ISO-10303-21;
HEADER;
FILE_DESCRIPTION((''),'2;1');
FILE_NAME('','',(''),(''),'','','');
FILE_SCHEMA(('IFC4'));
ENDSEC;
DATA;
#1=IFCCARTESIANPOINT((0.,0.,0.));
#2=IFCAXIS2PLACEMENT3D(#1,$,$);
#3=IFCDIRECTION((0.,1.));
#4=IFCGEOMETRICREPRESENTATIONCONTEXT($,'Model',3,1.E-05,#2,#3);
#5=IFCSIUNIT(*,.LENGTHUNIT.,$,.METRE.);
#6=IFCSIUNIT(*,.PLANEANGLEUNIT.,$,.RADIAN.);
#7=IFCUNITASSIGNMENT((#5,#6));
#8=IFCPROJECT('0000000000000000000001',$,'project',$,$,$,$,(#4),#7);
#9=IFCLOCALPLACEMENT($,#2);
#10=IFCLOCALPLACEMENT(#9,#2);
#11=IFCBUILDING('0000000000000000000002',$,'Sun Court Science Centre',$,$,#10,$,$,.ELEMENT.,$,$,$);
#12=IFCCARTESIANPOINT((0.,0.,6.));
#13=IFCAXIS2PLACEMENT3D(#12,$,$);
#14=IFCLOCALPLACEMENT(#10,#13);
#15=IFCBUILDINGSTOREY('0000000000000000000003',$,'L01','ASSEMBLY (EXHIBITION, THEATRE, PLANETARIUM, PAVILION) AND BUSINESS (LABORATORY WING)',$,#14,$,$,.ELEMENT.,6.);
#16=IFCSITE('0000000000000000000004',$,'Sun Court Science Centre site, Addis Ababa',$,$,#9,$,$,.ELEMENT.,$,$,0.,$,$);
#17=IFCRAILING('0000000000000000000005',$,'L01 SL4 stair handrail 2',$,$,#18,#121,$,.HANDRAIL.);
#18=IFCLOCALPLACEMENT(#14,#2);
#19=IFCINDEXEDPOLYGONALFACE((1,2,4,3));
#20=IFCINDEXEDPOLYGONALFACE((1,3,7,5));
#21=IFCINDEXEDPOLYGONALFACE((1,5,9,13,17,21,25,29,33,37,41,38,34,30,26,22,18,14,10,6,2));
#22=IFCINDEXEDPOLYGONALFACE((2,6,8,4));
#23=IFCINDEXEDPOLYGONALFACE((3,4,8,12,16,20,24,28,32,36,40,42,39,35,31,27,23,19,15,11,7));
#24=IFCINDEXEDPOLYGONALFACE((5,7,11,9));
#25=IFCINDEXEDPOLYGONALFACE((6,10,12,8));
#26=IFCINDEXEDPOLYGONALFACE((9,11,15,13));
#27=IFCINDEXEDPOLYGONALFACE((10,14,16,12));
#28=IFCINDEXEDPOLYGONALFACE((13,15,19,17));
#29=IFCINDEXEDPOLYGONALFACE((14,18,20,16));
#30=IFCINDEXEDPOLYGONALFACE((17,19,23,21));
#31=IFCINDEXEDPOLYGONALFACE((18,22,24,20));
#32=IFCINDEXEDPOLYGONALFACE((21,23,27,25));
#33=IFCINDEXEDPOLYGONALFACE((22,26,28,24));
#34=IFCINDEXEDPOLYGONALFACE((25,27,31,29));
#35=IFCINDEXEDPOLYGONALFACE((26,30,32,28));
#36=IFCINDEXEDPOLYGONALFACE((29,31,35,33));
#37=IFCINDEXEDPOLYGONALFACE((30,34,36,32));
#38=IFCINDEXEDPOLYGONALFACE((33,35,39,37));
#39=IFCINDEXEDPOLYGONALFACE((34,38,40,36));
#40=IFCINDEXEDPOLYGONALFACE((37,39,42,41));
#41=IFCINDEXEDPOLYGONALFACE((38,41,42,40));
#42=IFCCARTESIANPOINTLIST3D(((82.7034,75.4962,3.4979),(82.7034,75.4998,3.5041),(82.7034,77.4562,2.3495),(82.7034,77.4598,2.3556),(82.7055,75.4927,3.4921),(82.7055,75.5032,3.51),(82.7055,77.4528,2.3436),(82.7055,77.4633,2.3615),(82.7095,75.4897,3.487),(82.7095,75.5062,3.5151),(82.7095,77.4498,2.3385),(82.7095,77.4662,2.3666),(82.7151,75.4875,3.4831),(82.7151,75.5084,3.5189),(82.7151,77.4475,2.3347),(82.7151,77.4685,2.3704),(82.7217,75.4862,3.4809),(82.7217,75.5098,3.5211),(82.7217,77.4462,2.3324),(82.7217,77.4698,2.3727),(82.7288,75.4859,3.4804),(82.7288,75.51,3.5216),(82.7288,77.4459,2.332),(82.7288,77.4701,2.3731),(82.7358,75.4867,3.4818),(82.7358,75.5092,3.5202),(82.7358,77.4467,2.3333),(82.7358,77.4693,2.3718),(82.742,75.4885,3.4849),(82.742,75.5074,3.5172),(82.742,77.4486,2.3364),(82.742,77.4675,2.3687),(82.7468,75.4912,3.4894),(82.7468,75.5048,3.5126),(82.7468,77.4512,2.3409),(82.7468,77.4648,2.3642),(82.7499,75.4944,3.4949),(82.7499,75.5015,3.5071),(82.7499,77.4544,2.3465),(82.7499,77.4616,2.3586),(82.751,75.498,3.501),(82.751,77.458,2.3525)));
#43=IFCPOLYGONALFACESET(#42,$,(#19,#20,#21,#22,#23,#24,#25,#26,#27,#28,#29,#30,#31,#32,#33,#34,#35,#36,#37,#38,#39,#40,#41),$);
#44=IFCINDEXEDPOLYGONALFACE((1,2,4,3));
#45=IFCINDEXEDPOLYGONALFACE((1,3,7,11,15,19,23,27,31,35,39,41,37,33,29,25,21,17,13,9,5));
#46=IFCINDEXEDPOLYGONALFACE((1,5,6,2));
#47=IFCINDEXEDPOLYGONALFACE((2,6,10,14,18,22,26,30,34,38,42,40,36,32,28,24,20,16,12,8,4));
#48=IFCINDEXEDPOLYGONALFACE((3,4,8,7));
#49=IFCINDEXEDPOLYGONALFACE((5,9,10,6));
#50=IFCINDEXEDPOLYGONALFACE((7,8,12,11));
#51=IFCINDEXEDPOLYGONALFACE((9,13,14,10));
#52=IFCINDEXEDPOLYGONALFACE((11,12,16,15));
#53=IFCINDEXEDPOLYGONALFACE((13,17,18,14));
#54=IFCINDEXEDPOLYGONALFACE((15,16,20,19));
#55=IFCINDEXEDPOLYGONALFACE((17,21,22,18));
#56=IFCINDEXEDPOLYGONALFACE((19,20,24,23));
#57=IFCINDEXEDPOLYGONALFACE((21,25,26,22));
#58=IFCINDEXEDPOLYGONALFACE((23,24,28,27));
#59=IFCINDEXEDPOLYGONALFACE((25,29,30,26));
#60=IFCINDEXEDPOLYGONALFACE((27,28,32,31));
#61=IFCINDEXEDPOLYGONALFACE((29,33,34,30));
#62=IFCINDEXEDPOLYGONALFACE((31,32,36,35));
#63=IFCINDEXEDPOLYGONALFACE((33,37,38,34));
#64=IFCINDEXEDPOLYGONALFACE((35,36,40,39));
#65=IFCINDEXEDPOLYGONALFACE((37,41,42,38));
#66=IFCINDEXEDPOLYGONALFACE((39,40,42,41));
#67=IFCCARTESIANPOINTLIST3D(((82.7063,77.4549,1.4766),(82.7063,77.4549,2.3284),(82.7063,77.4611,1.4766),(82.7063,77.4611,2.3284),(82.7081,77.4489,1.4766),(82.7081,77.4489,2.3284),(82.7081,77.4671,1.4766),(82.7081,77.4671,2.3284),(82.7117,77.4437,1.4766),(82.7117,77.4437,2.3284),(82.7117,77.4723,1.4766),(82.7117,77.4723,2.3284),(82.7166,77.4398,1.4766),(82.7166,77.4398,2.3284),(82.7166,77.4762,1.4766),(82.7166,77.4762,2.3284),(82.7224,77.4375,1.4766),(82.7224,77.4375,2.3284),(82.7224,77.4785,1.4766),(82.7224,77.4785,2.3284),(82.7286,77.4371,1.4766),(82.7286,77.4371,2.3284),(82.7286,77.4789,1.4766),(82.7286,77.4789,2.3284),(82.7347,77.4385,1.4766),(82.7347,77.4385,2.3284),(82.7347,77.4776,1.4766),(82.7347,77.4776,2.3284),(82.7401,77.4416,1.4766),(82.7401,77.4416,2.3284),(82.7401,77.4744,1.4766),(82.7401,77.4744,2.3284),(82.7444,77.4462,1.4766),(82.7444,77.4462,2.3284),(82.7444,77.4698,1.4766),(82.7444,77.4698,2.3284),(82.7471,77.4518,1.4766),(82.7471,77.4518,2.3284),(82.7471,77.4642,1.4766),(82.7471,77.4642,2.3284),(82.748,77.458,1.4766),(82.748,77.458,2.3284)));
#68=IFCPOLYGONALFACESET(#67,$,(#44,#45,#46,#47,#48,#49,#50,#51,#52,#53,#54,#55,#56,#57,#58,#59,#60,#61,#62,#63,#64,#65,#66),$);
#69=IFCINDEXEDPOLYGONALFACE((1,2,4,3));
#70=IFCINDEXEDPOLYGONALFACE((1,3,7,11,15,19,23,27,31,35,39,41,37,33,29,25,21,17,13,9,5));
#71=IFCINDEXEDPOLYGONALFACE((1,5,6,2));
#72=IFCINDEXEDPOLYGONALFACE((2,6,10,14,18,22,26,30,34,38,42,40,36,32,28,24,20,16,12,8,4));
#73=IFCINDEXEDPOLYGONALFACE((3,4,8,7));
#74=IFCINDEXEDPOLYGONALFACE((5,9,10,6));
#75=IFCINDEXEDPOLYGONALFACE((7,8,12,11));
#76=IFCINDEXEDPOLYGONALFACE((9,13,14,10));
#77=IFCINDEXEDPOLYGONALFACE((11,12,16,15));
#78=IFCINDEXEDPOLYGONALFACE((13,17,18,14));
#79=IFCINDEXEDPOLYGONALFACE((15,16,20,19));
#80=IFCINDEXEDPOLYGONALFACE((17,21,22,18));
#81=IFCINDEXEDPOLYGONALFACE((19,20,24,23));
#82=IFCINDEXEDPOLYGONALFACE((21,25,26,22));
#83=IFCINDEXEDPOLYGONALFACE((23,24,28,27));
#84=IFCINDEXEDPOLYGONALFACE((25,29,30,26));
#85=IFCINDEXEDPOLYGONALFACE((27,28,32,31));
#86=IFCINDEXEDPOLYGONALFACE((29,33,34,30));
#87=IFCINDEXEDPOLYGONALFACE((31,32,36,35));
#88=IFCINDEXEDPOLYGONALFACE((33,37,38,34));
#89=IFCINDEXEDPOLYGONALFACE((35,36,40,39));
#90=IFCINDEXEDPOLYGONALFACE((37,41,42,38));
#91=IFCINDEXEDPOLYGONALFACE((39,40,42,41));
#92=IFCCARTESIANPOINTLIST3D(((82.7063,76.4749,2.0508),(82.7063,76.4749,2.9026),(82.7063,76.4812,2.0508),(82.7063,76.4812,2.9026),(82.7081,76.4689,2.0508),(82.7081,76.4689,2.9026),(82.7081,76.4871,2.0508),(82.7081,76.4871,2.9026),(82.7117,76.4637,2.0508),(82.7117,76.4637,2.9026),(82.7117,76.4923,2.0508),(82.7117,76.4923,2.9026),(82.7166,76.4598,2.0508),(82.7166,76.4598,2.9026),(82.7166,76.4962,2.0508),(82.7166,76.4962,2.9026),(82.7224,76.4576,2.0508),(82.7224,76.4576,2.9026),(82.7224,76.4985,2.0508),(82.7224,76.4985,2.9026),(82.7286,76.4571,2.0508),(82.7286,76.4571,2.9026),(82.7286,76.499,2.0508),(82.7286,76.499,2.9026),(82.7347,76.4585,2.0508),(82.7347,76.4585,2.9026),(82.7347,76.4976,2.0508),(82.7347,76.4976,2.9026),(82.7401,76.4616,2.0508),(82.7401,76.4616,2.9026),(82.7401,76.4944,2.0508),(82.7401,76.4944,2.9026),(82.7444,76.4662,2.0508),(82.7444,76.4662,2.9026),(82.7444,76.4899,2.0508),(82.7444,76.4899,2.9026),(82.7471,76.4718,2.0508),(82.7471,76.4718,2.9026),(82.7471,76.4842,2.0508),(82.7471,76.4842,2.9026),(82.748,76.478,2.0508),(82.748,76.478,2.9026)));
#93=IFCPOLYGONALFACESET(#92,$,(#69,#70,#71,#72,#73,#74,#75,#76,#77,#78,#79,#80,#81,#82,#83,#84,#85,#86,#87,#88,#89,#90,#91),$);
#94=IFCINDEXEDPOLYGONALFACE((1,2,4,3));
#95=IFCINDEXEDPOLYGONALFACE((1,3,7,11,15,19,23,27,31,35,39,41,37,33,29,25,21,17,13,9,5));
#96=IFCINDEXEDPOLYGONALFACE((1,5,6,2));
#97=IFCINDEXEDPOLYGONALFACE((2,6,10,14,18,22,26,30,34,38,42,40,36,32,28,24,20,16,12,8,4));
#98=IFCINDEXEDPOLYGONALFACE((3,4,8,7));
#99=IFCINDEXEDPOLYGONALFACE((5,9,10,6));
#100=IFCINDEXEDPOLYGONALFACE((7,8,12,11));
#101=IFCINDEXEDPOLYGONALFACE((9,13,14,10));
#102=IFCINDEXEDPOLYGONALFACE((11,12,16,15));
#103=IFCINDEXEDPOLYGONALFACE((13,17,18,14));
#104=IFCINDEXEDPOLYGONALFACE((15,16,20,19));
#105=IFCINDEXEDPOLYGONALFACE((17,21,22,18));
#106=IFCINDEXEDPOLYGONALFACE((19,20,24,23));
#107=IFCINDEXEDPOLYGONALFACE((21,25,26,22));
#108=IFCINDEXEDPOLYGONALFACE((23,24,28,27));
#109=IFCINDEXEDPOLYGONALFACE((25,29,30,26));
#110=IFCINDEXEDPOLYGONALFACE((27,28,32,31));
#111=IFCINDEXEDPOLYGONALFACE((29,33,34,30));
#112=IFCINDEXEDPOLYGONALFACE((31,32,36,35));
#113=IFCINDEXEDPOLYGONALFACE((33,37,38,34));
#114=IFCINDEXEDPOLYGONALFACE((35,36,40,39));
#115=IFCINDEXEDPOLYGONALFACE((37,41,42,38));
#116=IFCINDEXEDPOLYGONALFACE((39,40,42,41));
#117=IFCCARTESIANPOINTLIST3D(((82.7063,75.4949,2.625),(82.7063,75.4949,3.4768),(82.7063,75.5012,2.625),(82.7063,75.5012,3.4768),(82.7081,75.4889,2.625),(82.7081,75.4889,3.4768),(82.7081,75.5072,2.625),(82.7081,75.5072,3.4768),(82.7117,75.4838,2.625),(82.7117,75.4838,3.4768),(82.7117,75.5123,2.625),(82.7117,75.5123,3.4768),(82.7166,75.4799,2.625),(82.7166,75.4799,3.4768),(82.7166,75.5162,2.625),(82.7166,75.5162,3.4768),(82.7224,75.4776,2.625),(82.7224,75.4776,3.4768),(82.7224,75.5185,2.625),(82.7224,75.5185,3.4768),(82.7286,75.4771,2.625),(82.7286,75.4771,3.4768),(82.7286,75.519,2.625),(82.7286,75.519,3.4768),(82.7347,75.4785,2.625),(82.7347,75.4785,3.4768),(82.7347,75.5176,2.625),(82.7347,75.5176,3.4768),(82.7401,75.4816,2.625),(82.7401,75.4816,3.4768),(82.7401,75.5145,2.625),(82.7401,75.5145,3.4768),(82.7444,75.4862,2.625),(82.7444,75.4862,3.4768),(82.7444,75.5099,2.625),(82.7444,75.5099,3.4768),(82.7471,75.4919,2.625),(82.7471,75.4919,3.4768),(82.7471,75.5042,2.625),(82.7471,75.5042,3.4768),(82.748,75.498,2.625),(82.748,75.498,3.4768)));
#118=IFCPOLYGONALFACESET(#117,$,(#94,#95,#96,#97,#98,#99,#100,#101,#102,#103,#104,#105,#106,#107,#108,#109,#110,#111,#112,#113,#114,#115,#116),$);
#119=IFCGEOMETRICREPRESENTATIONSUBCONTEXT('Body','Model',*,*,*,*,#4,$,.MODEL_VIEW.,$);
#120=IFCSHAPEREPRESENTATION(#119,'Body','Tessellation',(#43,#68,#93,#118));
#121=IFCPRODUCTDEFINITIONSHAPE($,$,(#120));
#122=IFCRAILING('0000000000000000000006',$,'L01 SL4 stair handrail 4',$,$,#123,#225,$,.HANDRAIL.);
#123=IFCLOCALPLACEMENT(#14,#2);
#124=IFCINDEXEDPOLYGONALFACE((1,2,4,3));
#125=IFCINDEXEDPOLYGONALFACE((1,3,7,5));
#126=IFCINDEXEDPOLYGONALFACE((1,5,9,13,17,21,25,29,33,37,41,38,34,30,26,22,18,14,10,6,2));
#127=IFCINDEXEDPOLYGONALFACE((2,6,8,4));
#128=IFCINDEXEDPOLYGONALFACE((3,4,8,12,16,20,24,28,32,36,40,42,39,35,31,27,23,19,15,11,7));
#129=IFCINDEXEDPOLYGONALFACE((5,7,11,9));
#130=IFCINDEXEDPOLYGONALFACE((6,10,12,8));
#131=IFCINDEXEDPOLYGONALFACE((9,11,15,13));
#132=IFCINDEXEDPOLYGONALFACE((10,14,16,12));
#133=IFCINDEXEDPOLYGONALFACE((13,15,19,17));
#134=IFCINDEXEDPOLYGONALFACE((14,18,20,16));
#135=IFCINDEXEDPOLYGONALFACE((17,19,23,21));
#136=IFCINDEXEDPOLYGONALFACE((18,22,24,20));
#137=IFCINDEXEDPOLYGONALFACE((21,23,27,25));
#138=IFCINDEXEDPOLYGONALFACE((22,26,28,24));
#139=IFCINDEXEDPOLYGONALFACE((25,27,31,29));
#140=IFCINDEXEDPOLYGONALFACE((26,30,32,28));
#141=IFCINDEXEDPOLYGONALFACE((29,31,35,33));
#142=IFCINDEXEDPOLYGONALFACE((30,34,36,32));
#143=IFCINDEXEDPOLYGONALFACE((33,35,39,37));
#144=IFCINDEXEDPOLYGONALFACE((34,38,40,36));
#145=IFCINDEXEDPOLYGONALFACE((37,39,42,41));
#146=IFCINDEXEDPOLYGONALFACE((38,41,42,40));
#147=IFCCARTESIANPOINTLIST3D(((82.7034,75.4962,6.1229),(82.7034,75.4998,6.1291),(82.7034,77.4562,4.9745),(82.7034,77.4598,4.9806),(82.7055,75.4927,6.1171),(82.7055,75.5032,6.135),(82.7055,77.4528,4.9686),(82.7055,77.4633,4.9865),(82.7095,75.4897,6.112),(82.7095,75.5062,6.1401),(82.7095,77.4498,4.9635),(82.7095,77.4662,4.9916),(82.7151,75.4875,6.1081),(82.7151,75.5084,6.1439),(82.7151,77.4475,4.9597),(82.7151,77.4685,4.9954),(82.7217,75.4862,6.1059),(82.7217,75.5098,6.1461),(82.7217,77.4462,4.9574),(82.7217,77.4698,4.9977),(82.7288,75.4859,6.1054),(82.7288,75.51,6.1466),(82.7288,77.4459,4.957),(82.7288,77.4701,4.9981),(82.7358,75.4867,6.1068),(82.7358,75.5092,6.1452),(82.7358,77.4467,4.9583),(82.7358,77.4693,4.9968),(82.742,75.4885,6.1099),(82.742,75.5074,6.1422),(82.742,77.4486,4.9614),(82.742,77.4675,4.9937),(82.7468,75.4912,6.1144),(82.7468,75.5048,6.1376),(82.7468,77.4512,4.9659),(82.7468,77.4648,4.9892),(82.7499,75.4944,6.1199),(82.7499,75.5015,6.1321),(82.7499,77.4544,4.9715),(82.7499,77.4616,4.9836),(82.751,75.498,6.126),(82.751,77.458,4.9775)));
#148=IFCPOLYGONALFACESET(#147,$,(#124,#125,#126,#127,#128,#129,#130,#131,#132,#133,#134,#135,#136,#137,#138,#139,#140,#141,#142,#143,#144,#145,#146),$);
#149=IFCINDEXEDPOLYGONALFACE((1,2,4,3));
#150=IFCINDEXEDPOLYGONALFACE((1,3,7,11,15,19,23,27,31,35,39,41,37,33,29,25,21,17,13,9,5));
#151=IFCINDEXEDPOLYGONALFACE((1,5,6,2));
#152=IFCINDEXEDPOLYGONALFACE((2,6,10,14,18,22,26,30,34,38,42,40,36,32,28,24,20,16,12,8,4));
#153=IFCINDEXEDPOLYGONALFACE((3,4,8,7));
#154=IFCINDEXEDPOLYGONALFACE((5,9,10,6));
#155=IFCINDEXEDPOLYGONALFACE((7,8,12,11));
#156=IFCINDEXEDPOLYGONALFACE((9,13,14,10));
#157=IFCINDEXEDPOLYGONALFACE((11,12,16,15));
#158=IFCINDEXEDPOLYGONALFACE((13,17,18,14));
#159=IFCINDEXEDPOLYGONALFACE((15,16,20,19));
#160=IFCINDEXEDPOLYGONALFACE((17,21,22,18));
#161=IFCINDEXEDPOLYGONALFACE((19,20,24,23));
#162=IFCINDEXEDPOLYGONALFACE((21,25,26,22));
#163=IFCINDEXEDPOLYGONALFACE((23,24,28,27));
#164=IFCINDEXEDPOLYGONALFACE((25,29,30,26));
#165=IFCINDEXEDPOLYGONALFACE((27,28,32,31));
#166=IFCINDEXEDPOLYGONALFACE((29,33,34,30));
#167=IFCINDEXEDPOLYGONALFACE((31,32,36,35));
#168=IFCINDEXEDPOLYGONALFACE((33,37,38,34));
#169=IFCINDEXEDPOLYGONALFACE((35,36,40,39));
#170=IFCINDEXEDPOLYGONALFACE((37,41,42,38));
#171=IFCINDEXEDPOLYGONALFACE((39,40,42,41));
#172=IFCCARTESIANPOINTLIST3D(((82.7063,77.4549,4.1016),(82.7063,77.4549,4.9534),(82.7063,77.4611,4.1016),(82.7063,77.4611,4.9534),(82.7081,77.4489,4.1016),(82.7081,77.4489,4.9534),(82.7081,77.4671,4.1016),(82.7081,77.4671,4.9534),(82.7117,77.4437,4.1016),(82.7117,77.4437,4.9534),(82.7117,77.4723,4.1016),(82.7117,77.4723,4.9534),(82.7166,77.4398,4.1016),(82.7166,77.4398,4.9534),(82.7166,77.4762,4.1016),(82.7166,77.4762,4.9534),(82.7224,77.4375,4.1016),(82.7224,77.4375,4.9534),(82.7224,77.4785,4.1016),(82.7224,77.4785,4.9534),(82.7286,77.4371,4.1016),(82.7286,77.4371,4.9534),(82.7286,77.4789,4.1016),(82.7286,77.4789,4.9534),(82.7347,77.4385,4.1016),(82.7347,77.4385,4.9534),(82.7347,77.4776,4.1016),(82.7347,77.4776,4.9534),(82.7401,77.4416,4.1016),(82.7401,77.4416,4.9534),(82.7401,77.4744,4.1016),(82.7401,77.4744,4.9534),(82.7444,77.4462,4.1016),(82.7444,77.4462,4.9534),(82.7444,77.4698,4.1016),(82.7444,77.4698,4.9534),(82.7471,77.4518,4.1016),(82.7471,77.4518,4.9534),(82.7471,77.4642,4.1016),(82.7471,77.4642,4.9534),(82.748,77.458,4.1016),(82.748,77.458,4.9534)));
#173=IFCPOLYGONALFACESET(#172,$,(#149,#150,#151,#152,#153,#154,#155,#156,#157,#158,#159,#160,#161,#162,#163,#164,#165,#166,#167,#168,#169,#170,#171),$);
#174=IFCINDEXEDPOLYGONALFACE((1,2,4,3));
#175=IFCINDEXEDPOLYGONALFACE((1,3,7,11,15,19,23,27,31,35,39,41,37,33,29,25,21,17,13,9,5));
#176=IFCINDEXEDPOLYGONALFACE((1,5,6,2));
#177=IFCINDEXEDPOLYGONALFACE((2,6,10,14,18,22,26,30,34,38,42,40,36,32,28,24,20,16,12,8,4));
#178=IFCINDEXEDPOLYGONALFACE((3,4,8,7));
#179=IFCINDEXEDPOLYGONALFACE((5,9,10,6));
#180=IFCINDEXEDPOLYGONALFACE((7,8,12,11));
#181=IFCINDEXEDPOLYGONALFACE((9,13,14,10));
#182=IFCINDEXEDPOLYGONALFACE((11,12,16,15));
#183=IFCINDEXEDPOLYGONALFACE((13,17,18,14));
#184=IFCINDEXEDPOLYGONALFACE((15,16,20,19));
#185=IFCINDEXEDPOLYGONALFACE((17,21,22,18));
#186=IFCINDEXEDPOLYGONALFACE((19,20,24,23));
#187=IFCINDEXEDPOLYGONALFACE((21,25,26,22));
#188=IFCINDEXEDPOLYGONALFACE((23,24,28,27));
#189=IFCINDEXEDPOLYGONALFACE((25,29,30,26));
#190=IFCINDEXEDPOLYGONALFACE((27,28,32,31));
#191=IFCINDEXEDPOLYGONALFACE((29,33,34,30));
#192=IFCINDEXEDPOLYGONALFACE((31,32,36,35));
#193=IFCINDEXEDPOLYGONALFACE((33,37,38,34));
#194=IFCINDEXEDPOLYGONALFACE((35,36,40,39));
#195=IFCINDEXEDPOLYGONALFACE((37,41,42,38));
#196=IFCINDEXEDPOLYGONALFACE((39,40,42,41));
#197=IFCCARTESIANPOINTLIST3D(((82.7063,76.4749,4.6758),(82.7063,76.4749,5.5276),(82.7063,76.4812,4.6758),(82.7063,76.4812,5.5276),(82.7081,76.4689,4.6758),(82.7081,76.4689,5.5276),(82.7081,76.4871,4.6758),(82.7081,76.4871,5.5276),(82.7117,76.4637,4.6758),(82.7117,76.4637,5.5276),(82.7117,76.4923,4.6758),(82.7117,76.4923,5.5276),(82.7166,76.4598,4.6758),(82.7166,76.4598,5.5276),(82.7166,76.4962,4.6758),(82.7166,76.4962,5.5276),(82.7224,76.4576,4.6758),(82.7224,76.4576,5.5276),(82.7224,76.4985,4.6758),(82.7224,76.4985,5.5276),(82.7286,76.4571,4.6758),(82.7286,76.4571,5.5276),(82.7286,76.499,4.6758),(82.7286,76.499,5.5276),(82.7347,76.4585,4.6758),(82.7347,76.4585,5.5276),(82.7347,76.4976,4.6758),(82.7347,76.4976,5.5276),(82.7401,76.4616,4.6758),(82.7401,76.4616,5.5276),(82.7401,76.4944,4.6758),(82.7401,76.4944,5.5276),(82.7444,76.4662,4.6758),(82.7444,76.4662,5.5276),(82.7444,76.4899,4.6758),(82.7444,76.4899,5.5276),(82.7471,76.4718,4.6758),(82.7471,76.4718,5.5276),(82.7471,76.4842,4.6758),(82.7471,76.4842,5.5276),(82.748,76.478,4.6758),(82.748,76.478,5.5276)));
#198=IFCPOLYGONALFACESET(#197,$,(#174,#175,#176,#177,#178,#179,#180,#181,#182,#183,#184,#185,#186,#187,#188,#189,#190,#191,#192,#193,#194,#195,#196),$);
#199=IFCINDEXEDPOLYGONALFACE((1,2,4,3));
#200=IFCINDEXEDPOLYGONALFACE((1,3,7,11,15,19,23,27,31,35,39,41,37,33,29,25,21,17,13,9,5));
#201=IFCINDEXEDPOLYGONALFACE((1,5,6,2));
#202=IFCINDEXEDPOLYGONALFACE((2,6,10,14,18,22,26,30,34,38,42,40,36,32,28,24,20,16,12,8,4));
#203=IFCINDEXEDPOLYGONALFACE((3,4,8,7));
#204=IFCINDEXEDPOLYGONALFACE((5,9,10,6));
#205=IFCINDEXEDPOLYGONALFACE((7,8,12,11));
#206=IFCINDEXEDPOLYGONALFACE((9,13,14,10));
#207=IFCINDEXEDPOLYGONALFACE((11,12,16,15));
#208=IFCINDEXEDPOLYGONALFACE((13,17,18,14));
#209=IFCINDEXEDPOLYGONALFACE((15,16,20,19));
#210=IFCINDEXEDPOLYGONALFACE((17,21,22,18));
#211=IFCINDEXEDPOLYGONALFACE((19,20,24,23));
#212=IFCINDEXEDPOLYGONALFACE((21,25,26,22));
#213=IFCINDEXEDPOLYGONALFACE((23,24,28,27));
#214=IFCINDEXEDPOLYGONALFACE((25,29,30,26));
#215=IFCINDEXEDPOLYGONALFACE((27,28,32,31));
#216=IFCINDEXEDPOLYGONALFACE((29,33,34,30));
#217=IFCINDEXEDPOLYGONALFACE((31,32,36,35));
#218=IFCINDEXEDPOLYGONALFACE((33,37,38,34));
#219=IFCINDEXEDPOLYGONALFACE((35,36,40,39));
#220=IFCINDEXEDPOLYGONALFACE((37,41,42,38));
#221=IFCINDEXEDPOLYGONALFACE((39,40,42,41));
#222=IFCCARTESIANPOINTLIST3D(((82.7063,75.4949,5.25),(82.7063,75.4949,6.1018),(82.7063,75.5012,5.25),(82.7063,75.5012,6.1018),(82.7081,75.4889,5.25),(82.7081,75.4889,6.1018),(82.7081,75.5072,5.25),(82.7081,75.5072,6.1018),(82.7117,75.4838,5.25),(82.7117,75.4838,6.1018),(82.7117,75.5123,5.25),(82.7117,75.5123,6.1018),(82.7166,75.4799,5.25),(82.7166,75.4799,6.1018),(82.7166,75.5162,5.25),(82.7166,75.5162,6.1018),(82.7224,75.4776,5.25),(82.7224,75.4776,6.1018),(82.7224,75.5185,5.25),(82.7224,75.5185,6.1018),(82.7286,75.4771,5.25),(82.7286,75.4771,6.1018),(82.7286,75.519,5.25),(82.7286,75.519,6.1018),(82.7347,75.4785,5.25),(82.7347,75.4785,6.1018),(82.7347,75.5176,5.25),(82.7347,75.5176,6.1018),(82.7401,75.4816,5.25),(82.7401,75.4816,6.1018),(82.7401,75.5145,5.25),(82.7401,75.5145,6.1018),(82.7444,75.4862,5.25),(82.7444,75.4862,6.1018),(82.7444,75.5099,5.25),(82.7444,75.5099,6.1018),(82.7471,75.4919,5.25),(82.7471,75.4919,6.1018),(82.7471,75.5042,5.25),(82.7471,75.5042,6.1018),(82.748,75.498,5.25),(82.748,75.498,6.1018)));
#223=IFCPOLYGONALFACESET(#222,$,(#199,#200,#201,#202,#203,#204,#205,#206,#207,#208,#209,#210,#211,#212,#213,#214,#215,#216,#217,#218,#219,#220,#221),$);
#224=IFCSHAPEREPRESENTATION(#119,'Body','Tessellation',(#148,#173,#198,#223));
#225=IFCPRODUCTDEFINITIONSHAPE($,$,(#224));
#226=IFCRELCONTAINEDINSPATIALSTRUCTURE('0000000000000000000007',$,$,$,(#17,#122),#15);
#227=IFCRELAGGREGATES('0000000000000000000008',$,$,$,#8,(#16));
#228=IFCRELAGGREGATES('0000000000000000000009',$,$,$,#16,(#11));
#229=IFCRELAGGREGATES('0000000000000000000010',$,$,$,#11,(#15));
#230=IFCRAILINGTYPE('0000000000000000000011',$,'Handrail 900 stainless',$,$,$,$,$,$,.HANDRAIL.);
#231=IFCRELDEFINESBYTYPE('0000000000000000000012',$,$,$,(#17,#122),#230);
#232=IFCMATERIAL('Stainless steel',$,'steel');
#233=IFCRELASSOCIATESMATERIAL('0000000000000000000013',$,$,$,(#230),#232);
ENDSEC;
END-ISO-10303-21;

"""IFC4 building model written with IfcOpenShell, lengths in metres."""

from ifc_helpers import new_model, si_unit, direction, frame, origin, origin_2d, place, context, subcontext, project, spatial, circle, extrude, material, type_object, element, save


model = new_model("IFC4")

# Units and contexts
model_context = context("Model", 3, precision=1e-05, world=origin(), true_north=direction((0.0, 1.0)))
body_context = subcontext(model_context, "Body", "Model", "MODEL_VIEW")
ifc_project = project(units=[si_unit("LENGTHUNIT", "METRE"), si_unit("PLANEANGLEUNIT", "RADIAN")], contexts=[model_context])

# Site, building, storey
site_placement = place(None, origin())
site = spatial("IfcSite", under=ifc_project, at=site_placement, Name="Sun Court Science Centre site, Addis Ababa", CompositionType="ELEMENT", RefElevation=0.0)
building_placement = place(site_placement, origin())
building = spatial("IfcBuilding", under=site, at=building_placement, Name="Sun Court Science Centre", CompositionType="ELEMENT")
storey_placement = place(building_placement, frame((0.0, 0.0, 6.0)))
storey = spatial("IfcBuildingStorey", under=building, at=storey_placement, Name="L01", Description="ASSEMBLY (EXHIBITION, THEATRE, PLANETARIUM, PAVILION) AND BUSINESS (LABORATORY WING)", CompositionType="ELEMENT", Elevation=6.0)

# Railings
ifc_material_1 = material(Name="Stainless steel", Category="steel")
railing_type_1 = type_object("IfcRailingType", Name="Handrail 900 stainless", PredefinedType="HANDRAIL", material=ifc_material_1)
for number, where, name in (
    (1, (82.7271, 77.458, 1.4766), "L01 SL4 stair handrail 2"),
    (2, (82.7271, 77.458, 4.1016), "L01 SL4 stair handrail 4"),
):
    element("IfcRailing", number, at=place(storey_placement, frame(where)), inside=storey, type_object=railing_type_1, Name=name, PredefinedType="HANDRAIL", context=body_context, shape_type="SweptSolid", body=[
        extrude(circle(Radius=0.0239, at=origin_2d()), frame((0.0, 0.0, 0.876), z_axis=(0.0, -0.862795, 0.505554), x_axis=(1.0, 0.0, 0.0)), (0.0, 0.0, 1.0), 2.2717),
        extrude(circle(Radius=0.021, at=origin_2d()), origin(), (0.0, 0.0, 1.0), 0.8518),
        extrude(circle(Radius=0.021, at=origin_2d()), frame((0.0, -0.98, 0.5742)), (0.0, 0.0, 1.0), 0.8518),
        extrude(circle(Radius=0.021, at=origin_2d()), frame((0.0, -1.96, 1.1484)), (0.0, 0.0, 1.0), 0.8518),
    ])

save(model, "model.ifc")
